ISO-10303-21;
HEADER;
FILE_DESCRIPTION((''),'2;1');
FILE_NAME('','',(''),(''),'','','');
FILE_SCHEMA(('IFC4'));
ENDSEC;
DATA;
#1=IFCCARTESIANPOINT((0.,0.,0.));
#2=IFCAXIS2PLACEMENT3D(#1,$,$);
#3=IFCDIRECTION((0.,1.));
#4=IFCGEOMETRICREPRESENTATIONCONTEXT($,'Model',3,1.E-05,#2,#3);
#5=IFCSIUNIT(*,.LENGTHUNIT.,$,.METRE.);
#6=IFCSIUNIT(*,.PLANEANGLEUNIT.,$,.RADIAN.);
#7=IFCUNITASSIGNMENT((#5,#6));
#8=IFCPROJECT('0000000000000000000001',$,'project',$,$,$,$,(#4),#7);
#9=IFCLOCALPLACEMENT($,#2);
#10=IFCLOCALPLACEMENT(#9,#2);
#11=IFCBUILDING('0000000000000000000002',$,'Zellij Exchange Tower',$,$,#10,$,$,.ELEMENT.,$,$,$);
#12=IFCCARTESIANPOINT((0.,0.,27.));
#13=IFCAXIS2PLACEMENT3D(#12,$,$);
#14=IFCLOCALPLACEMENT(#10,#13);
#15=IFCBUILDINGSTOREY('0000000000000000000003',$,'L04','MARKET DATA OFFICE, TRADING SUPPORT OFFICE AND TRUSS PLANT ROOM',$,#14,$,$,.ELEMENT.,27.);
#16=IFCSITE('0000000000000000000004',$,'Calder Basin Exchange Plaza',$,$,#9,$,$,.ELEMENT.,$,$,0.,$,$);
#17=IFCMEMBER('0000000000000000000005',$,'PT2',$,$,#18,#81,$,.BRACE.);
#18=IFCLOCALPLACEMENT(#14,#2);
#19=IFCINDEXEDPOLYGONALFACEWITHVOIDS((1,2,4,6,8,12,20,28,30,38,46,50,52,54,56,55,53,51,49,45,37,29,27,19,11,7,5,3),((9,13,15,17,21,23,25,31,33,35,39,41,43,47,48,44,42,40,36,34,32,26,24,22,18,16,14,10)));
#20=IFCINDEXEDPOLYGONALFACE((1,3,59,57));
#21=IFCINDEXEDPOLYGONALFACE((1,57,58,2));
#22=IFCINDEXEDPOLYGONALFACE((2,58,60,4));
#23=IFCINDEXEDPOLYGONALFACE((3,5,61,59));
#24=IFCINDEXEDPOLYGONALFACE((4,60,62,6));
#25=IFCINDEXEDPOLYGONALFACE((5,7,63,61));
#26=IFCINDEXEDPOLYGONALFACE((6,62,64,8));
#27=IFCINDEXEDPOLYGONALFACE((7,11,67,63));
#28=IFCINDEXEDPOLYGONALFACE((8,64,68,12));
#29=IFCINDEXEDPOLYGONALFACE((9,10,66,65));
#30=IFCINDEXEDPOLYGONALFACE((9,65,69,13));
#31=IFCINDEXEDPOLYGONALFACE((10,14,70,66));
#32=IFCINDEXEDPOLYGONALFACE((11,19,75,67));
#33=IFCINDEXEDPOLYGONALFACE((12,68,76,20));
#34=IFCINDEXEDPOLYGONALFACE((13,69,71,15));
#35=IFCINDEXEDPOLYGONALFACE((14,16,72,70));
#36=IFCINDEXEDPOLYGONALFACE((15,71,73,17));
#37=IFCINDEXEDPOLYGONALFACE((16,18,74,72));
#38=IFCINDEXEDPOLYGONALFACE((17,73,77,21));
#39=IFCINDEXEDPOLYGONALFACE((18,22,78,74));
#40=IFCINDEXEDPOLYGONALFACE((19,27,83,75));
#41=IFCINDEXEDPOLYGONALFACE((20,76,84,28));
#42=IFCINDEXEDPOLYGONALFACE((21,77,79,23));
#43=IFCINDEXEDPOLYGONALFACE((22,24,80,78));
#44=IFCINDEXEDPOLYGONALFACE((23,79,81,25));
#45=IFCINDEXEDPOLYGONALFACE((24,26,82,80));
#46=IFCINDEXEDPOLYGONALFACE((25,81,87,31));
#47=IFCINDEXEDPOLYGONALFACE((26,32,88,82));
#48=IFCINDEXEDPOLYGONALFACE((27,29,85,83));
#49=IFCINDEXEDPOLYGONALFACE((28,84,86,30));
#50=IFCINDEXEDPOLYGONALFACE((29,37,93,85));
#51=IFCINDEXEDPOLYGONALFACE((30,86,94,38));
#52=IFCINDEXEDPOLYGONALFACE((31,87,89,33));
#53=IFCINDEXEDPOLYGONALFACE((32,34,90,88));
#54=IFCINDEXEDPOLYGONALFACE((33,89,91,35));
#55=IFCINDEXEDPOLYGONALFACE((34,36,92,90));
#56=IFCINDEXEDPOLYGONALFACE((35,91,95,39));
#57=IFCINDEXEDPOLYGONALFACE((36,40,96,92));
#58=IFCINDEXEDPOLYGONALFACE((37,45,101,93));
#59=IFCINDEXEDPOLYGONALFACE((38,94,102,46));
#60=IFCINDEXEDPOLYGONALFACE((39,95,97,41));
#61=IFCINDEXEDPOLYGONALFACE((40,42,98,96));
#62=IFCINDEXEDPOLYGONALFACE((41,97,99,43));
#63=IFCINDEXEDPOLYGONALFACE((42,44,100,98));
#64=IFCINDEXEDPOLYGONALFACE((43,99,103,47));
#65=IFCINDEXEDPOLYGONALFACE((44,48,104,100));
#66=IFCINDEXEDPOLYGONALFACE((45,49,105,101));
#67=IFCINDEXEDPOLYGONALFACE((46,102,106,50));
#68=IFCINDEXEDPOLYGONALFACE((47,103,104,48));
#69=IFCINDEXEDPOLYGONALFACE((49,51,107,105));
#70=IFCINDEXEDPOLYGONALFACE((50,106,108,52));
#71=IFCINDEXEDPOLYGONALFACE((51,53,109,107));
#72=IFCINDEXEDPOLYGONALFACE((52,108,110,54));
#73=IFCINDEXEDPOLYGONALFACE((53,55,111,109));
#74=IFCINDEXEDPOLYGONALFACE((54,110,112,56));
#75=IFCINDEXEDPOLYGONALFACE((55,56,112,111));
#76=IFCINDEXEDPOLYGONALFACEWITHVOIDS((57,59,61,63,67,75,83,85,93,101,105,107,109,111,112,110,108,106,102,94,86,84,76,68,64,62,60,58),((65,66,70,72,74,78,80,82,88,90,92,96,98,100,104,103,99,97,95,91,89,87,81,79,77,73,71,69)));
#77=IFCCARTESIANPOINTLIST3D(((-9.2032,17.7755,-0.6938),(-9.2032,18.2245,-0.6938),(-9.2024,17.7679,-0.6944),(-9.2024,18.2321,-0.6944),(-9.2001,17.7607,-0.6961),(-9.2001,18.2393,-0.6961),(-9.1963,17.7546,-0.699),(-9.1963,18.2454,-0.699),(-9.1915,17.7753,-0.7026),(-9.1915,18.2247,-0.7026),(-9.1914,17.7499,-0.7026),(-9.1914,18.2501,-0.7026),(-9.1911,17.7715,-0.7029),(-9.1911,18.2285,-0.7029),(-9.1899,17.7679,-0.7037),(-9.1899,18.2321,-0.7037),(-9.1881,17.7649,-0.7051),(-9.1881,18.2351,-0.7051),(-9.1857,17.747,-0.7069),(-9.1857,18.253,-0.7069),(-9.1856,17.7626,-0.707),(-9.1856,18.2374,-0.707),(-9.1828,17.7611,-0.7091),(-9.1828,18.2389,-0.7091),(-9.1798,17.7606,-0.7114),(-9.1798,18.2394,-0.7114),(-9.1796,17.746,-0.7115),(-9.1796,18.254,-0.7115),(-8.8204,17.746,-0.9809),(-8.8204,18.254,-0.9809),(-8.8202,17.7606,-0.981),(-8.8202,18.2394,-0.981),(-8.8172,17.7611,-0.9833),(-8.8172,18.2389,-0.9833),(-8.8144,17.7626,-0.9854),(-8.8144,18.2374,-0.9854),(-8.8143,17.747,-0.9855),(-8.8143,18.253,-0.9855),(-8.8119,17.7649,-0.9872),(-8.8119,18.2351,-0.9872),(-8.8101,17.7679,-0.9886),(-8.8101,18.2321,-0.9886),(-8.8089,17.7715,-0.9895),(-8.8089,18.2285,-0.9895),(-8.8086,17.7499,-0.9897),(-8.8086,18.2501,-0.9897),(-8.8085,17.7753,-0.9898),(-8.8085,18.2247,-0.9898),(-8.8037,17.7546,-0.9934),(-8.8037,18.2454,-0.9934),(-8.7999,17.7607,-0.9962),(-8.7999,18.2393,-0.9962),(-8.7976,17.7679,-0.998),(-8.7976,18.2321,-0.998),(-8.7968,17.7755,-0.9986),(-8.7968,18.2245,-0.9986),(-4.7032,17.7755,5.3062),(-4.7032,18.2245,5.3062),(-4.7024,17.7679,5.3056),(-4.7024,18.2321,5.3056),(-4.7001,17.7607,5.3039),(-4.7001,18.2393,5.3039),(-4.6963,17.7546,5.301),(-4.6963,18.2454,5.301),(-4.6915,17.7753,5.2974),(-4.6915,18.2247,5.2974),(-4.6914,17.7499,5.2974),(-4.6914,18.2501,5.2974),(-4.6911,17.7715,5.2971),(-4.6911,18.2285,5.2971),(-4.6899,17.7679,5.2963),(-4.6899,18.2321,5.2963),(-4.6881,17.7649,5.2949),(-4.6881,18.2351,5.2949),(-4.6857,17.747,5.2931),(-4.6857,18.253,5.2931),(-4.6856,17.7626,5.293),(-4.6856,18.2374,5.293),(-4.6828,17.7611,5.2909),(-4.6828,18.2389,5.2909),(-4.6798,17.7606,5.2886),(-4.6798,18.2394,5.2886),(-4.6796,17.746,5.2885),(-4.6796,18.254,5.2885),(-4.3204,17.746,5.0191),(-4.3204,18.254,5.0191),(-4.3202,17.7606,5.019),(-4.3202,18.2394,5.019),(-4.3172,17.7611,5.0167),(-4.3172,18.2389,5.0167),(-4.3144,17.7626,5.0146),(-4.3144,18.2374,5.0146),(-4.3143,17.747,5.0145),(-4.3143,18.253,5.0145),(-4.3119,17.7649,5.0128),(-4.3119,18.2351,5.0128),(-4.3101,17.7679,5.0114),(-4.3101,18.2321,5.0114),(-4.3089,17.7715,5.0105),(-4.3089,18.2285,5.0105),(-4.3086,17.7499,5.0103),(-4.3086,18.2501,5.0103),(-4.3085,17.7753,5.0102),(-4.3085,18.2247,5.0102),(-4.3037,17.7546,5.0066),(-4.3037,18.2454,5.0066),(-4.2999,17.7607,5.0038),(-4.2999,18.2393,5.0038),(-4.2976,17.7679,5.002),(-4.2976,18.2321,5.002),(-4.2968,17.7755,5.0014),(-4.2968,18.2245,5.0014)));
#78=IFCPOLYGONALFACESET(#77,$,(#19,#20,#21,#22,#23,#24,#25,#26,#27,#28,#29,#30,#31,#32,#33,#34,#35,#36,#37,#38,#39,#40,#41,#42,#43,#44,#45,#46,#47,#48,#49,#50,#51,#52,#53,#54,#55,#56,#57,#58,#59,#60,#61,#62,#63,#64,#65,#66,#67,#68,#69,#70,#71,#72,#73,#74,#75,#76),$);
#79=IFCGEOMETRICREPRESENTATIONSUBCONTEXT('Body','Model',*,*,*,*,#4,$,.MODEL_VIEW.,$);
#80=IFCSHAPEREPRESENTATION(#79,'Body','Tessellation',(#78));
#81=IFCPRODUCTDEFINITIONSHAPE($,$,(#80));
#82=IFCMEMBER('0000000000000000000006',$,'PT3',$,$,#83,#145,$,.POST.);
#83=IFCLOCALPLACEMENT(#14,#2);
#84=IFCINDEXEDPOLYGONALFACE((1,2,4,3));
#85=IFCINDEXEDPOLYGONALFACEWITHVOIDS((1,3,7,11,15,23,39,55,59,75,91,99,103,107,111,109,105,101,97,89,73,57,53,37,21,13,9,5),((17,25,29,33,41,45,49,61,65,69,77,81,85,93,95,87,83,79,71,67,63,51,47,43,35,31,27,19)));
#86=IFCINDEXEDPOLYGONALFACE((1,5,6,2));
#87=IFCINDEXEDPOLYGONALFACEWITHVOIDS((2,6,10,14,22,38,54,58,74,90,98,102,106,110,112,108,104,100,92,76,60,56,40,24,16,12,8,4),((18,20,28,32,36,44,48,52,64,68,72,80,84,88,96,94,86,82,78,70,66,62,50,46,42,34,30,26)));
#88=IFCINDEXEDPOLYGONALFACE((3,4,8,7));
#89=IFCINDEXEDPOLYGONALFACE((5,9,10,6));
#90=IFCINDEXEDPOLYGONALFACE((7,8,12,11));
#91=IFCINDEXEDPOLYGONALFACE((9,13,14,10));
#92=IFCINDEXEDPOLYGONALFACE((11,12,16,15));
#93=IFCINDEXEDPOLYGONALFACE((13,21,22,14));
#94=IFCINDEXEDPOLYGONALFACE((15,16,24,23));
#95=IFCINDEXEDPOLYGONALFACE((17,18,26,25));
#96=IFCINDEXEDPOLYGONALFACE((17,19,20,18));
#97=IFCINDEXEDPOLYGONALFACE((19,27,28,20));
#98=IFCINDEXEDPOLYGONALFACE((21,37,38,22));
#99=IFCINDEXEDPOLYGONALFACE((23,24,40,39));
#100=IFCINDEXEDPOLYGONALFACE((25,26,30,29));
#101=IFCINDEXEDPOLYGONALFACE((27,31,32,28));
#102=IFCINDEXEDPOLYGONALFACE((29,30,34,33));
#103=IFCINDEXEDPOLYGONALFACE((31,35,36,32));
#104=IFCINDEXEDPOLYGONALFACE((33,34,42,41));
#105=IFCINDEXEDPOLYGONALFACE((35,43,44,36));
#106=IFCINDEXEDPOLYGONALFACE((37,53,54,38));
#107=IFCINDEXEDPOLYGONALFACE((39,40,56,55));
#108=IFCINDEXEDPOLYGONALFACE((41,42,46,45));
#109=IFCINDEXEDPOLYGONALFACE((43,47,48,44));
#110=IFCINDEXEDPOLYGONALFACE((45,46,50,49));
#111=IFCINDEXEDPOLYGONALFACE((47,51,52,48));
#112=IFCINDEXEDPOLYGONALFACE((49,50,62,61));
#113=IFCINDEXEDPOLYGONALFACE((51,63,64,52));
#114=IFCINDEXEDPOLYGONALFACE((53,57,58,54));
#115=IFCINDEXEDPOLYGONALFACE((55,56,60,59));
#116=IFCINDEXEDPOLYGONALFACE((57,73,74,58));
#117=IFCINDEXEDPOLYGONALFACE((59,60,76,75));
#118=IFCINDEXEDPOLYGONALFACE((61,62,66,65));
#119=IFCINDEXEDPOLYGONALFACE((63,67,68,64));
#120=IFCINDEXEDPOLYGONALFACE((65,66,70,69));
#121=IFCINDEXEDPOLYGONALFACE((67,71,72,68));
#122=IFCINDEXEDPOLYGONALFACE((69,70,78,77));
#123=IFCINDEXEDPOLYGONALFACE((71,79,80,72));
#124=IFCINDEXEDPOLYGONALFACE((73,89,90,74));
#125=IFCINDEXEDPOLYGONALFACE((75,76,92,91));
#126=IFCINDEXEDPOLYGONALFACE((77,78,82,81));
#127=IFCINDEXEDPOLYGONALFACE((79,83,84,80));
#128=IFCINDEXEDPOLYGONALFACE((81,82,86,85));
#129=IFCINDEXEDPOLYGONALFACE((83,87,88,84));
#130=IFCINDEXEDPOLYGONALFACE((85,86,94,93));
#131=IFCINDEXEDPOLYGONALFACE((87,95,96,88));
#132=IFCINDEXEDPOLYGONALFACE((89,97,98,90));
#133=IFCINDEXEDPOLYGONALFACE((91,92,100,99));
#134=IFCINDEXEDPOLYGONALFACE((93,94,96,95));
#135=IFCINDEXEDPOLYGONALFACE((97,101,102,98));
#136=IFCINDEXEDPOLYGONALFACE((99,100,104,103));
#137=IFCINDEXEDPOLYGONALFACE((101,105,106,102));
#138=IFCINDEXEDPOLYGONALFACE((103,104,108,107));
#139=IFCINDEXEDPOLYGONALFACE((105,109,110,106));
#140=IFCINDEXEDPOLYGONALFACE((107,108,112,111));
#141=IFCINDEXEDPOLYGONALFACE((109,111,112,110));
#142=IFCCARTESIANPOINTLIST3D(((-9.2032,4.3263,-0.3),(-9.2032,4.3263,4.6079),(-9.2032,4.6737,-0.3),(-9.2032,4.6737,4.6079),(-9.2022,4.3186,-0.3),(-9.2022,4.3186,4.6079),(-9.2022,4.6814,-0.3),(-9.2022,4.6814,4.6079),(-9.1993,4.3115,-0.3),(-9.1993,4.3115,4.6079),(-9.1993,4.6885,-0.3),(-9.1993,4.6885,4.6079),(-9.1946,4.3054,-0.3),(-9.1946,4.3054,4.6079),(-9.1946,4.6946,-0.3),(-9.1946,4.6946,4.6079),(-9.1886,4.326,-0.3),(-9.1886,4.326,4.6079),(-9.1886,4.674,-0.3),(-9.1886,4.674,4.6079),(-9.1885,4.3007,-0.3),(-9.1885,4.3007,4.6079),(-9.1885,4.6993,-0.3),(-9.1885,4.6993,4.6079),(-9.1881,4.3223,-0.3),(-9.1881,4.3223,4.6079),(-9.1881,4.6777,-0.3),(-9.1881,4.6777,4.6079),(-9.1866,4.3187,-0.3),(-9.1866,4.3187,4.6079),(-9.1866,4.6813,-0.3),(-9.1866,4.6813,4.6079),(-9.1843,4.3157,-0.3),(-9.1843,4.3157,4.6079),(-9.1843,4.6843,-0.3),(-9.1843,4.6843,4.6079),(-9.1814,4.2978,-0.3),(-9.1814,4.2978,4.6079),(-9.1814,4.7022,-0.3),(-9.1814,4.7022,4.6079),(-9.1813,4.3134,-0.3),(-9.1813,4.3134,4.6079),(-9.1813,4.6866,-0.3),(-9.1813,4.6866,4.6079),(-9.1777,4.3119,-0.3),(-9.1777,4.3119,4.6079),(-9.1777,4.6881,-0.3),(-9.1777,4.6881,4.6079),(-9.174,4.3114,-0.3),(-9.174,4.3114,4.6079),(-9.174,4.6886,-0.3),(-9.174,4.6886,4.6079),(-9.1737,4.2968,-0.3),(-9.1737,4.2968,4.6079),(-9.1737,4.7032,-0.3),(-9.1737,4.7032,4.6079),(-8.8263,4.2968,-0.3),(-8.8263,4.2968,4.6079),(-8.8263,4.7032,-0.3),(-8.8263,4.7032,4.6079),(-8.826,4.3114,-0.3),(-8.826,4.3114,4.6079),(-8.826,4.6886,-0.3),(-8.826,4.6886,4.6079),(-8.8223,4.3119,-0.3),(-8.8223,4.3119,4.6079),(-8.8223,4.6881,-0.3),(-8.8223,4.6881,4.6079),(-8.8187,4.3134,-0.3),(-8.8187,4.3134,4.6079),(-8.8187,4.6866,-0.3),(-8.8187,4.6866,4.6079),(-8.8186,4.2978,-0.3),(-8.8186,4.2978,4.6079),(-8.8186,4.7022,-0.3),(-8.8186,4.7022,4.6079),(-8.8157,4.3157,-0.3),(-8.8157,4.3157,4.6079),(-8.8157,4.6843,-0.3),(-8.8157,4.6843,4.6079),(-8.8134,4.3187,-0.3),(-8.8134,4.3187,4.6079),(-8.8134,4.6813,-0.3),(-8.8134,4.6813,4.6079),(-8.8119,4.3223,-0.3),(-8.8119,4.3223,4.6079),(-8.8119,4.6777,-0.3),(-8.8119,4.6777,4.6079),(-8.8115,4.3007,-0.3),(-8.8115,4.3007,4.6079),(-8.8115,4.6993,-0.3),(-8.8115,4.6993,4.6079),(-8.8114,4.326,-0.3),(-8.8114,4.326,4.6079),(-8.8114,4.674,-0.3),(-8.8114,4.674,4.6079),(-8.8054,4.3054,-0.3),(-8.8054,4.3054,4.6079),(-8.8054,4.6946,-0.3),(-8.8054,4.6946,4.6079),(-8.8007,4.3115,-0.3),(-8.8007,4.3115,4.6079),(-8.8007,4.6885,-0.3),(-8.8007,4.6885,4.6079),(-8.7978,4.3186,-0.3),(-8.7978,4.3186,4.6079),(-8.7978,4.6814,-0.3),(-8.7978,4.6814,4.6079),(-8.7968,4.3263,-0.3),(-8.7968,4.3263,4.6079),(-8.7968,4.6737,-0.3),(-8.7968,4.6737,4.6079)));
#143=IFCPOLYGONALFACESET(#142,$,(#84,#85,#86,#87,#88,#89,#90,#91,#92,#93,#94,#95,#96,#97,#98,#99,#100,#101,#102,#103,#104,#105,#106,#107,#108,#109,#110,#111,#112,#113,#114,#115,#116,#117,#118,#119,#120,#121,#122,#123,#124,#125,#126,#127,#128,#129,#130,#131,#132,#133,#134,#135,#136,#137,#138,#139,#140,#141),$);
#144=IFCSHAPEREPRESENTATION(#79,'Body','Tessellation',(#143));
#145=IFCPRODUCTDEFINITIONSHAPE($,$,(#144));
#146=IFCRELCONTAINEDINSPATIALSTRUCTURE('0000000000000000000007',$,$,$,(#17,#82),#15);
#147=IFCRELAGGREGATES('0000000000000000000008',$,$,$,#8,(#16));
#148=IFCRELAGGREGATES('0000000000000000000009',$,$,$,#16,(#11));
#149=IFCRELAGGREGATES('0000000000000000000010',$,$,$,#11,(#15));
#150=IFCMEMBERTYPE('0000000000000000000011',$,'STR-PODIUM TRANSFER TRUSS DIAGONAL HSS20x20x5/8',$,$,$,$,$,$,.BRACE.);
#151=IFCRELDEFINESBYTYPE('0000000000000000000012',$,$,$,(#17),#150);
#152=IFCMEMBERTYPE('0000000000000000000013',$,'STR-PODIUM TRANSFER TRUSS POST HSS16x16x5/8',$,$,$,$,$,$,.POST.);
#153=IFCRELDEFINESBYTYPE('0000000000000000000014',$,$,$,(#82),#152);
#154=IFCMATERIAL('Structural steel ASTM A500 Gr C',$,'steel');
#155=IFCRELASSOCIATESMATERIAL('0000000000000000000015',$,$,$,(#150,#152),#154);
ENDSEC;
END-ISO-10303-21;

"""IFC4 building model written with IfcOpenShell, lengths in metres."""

from ifc_helpers import new_model, si_unit, direction, frame, origin, origin_2d, place, context, subcontext, project, spatial, hollow_rectangle, extrude, material, material_profile, profile_set, type_object, element, save


model = new_model("IFC4")

# Units and contexts
model_context = context("Model", 3, precision=1e-05, world=origin(), true_north=direction((0.0, 1.0)))
body_context = subcontext(model_context, "Body", "Model", "MODEL_VIEW")
ifc_project = project(units=[si_unit("LENGTHUNIT", "METRE"), si_unit("PLANEANGLEUNIT", "RADIAN")], contexts=[model_context])

# Site, building, storey
site_placement = place(None, origin())
site = spatial("IfcSite", under=ifc_project, at=site_placement, Name="Calder Basin Exchange Plaza", CompositionType="ELEMENT", RefElevation=0.0)
building_placement = place(site_placement, origin())
building = spatial("IfcBuilding", under=site, at=building_placement, Name="Zellij Exchange Tower", CompositionType="ELEMENT")
storey_placement = place(building_placement, frame((0.0, 0.0, 27.0)))
storey = spatial("IfcBuildingStorey", under=building, at=storey_placement, Name="L04", Description="MARKET DATA OFFICE, TRADING SUPPORT OFFICE AND TRUSS PLANT ROOM", CompositionType="ELEMENT", Elevation=27.0)

# Members
ifc_material_1 = material(Name="Structural steel ASTM A500 Gr C", Category="steel")
ifc_material_profile_1 = material_profile(ifc_material_1, hollow_rectangle(XDim=0.5081, YDim=0.5081, WallThickness=0.0146, InnerFilletRadius=0.0146, OuterFilletRadius=0.0295, at=origin_2d()), Name="STR-PODIUM TRANSFER TRUSS DIAGONAL HSS20x20x5/8")
ifc_profile_set_1 = profile_set([ifc_material_profile_1], Name="Structural steel ASTM A500 Gr C")
member_type_1 = type_object("IfcMemberType", Name="STR-PODIUM TRANSFER TRUSS DIAGONAL HSS20x20x5/8", PredefinedType="BRACE", material=ifc_profile_set_1)
for number, where, z_axis, x_axis, name in (
    (1, (-9.0, 18.0, -0.8462), (0.6, 0.0, 0.8), (0.0, 1.0, 0.0), "PT2"),
):
    element("IfcMember", number, at=place(storey_placement, frame(where, z_axis=z_axis, x_axis=x_axis)), inside=storey, type_object=member_type_1, Name=name, PredefinedType="BRACE", context=body_context, shape_type="SweptSolid", body=[
        extrude(hollow_rectangle(XDim=0.5081, YDim=0.5081, WallThickness=0.0146, InnerFilletRadius=0.0146, OuterFilletRadius=0.0295, at=origin_2d()), origin(), (0.0, 0.0, 1.0), 7.5),
    ])
ifc_material_profile_2 = material_profile(ifc_material_1, hollow_rectangle(XDim=0.4065, YDim=0.4065, WallThickness=0.0146, InnerFilletRadius=0.0146, OuterFilletRadius=0.0295, at=origin_2d()), Name="STR-PODIUM TRANSFER TRUSS POST HSS16x16x5/8")
ifc_profile_set_2 = profile_set([ifc_material_profile_2], Name="Structural steel ASTM A500 Gr C")
member_type_2 = type_object("IfcMemberType", Name="STR-PODIUM TRANSFER TRUSS POST HSS16x16x5/8", PredefinedType="POST", material=ifc_profile_set_2)
for number, where, z_axis, x_axis, name in (
    (2, (-9.0, 4.5, -0.3), (0.0, 0.0, 1.0), (1.0, 0.0, 0.0), "PT3"),
):
    element("IfcMember", number, at=place(storey_placement, frame(where, z_axis=z_axis, x_axis=x_axis)), inside=storey, type_object=member_type_2, Name=name, PredefinedType="POST", context=body_context, shape_type="SweptSolid", body=[
        extrude(hollow_rectangle(XDim=0.4065, YDim=0.4065, WallThickness=0.0146, InnerFilletRadius=0.0146, OuterFilletRadius=0.0295, at=origin_2d()), origin(), (0.0, 0.0, 1.0), 4.908),
    ])

save(model, "model.ifc")
